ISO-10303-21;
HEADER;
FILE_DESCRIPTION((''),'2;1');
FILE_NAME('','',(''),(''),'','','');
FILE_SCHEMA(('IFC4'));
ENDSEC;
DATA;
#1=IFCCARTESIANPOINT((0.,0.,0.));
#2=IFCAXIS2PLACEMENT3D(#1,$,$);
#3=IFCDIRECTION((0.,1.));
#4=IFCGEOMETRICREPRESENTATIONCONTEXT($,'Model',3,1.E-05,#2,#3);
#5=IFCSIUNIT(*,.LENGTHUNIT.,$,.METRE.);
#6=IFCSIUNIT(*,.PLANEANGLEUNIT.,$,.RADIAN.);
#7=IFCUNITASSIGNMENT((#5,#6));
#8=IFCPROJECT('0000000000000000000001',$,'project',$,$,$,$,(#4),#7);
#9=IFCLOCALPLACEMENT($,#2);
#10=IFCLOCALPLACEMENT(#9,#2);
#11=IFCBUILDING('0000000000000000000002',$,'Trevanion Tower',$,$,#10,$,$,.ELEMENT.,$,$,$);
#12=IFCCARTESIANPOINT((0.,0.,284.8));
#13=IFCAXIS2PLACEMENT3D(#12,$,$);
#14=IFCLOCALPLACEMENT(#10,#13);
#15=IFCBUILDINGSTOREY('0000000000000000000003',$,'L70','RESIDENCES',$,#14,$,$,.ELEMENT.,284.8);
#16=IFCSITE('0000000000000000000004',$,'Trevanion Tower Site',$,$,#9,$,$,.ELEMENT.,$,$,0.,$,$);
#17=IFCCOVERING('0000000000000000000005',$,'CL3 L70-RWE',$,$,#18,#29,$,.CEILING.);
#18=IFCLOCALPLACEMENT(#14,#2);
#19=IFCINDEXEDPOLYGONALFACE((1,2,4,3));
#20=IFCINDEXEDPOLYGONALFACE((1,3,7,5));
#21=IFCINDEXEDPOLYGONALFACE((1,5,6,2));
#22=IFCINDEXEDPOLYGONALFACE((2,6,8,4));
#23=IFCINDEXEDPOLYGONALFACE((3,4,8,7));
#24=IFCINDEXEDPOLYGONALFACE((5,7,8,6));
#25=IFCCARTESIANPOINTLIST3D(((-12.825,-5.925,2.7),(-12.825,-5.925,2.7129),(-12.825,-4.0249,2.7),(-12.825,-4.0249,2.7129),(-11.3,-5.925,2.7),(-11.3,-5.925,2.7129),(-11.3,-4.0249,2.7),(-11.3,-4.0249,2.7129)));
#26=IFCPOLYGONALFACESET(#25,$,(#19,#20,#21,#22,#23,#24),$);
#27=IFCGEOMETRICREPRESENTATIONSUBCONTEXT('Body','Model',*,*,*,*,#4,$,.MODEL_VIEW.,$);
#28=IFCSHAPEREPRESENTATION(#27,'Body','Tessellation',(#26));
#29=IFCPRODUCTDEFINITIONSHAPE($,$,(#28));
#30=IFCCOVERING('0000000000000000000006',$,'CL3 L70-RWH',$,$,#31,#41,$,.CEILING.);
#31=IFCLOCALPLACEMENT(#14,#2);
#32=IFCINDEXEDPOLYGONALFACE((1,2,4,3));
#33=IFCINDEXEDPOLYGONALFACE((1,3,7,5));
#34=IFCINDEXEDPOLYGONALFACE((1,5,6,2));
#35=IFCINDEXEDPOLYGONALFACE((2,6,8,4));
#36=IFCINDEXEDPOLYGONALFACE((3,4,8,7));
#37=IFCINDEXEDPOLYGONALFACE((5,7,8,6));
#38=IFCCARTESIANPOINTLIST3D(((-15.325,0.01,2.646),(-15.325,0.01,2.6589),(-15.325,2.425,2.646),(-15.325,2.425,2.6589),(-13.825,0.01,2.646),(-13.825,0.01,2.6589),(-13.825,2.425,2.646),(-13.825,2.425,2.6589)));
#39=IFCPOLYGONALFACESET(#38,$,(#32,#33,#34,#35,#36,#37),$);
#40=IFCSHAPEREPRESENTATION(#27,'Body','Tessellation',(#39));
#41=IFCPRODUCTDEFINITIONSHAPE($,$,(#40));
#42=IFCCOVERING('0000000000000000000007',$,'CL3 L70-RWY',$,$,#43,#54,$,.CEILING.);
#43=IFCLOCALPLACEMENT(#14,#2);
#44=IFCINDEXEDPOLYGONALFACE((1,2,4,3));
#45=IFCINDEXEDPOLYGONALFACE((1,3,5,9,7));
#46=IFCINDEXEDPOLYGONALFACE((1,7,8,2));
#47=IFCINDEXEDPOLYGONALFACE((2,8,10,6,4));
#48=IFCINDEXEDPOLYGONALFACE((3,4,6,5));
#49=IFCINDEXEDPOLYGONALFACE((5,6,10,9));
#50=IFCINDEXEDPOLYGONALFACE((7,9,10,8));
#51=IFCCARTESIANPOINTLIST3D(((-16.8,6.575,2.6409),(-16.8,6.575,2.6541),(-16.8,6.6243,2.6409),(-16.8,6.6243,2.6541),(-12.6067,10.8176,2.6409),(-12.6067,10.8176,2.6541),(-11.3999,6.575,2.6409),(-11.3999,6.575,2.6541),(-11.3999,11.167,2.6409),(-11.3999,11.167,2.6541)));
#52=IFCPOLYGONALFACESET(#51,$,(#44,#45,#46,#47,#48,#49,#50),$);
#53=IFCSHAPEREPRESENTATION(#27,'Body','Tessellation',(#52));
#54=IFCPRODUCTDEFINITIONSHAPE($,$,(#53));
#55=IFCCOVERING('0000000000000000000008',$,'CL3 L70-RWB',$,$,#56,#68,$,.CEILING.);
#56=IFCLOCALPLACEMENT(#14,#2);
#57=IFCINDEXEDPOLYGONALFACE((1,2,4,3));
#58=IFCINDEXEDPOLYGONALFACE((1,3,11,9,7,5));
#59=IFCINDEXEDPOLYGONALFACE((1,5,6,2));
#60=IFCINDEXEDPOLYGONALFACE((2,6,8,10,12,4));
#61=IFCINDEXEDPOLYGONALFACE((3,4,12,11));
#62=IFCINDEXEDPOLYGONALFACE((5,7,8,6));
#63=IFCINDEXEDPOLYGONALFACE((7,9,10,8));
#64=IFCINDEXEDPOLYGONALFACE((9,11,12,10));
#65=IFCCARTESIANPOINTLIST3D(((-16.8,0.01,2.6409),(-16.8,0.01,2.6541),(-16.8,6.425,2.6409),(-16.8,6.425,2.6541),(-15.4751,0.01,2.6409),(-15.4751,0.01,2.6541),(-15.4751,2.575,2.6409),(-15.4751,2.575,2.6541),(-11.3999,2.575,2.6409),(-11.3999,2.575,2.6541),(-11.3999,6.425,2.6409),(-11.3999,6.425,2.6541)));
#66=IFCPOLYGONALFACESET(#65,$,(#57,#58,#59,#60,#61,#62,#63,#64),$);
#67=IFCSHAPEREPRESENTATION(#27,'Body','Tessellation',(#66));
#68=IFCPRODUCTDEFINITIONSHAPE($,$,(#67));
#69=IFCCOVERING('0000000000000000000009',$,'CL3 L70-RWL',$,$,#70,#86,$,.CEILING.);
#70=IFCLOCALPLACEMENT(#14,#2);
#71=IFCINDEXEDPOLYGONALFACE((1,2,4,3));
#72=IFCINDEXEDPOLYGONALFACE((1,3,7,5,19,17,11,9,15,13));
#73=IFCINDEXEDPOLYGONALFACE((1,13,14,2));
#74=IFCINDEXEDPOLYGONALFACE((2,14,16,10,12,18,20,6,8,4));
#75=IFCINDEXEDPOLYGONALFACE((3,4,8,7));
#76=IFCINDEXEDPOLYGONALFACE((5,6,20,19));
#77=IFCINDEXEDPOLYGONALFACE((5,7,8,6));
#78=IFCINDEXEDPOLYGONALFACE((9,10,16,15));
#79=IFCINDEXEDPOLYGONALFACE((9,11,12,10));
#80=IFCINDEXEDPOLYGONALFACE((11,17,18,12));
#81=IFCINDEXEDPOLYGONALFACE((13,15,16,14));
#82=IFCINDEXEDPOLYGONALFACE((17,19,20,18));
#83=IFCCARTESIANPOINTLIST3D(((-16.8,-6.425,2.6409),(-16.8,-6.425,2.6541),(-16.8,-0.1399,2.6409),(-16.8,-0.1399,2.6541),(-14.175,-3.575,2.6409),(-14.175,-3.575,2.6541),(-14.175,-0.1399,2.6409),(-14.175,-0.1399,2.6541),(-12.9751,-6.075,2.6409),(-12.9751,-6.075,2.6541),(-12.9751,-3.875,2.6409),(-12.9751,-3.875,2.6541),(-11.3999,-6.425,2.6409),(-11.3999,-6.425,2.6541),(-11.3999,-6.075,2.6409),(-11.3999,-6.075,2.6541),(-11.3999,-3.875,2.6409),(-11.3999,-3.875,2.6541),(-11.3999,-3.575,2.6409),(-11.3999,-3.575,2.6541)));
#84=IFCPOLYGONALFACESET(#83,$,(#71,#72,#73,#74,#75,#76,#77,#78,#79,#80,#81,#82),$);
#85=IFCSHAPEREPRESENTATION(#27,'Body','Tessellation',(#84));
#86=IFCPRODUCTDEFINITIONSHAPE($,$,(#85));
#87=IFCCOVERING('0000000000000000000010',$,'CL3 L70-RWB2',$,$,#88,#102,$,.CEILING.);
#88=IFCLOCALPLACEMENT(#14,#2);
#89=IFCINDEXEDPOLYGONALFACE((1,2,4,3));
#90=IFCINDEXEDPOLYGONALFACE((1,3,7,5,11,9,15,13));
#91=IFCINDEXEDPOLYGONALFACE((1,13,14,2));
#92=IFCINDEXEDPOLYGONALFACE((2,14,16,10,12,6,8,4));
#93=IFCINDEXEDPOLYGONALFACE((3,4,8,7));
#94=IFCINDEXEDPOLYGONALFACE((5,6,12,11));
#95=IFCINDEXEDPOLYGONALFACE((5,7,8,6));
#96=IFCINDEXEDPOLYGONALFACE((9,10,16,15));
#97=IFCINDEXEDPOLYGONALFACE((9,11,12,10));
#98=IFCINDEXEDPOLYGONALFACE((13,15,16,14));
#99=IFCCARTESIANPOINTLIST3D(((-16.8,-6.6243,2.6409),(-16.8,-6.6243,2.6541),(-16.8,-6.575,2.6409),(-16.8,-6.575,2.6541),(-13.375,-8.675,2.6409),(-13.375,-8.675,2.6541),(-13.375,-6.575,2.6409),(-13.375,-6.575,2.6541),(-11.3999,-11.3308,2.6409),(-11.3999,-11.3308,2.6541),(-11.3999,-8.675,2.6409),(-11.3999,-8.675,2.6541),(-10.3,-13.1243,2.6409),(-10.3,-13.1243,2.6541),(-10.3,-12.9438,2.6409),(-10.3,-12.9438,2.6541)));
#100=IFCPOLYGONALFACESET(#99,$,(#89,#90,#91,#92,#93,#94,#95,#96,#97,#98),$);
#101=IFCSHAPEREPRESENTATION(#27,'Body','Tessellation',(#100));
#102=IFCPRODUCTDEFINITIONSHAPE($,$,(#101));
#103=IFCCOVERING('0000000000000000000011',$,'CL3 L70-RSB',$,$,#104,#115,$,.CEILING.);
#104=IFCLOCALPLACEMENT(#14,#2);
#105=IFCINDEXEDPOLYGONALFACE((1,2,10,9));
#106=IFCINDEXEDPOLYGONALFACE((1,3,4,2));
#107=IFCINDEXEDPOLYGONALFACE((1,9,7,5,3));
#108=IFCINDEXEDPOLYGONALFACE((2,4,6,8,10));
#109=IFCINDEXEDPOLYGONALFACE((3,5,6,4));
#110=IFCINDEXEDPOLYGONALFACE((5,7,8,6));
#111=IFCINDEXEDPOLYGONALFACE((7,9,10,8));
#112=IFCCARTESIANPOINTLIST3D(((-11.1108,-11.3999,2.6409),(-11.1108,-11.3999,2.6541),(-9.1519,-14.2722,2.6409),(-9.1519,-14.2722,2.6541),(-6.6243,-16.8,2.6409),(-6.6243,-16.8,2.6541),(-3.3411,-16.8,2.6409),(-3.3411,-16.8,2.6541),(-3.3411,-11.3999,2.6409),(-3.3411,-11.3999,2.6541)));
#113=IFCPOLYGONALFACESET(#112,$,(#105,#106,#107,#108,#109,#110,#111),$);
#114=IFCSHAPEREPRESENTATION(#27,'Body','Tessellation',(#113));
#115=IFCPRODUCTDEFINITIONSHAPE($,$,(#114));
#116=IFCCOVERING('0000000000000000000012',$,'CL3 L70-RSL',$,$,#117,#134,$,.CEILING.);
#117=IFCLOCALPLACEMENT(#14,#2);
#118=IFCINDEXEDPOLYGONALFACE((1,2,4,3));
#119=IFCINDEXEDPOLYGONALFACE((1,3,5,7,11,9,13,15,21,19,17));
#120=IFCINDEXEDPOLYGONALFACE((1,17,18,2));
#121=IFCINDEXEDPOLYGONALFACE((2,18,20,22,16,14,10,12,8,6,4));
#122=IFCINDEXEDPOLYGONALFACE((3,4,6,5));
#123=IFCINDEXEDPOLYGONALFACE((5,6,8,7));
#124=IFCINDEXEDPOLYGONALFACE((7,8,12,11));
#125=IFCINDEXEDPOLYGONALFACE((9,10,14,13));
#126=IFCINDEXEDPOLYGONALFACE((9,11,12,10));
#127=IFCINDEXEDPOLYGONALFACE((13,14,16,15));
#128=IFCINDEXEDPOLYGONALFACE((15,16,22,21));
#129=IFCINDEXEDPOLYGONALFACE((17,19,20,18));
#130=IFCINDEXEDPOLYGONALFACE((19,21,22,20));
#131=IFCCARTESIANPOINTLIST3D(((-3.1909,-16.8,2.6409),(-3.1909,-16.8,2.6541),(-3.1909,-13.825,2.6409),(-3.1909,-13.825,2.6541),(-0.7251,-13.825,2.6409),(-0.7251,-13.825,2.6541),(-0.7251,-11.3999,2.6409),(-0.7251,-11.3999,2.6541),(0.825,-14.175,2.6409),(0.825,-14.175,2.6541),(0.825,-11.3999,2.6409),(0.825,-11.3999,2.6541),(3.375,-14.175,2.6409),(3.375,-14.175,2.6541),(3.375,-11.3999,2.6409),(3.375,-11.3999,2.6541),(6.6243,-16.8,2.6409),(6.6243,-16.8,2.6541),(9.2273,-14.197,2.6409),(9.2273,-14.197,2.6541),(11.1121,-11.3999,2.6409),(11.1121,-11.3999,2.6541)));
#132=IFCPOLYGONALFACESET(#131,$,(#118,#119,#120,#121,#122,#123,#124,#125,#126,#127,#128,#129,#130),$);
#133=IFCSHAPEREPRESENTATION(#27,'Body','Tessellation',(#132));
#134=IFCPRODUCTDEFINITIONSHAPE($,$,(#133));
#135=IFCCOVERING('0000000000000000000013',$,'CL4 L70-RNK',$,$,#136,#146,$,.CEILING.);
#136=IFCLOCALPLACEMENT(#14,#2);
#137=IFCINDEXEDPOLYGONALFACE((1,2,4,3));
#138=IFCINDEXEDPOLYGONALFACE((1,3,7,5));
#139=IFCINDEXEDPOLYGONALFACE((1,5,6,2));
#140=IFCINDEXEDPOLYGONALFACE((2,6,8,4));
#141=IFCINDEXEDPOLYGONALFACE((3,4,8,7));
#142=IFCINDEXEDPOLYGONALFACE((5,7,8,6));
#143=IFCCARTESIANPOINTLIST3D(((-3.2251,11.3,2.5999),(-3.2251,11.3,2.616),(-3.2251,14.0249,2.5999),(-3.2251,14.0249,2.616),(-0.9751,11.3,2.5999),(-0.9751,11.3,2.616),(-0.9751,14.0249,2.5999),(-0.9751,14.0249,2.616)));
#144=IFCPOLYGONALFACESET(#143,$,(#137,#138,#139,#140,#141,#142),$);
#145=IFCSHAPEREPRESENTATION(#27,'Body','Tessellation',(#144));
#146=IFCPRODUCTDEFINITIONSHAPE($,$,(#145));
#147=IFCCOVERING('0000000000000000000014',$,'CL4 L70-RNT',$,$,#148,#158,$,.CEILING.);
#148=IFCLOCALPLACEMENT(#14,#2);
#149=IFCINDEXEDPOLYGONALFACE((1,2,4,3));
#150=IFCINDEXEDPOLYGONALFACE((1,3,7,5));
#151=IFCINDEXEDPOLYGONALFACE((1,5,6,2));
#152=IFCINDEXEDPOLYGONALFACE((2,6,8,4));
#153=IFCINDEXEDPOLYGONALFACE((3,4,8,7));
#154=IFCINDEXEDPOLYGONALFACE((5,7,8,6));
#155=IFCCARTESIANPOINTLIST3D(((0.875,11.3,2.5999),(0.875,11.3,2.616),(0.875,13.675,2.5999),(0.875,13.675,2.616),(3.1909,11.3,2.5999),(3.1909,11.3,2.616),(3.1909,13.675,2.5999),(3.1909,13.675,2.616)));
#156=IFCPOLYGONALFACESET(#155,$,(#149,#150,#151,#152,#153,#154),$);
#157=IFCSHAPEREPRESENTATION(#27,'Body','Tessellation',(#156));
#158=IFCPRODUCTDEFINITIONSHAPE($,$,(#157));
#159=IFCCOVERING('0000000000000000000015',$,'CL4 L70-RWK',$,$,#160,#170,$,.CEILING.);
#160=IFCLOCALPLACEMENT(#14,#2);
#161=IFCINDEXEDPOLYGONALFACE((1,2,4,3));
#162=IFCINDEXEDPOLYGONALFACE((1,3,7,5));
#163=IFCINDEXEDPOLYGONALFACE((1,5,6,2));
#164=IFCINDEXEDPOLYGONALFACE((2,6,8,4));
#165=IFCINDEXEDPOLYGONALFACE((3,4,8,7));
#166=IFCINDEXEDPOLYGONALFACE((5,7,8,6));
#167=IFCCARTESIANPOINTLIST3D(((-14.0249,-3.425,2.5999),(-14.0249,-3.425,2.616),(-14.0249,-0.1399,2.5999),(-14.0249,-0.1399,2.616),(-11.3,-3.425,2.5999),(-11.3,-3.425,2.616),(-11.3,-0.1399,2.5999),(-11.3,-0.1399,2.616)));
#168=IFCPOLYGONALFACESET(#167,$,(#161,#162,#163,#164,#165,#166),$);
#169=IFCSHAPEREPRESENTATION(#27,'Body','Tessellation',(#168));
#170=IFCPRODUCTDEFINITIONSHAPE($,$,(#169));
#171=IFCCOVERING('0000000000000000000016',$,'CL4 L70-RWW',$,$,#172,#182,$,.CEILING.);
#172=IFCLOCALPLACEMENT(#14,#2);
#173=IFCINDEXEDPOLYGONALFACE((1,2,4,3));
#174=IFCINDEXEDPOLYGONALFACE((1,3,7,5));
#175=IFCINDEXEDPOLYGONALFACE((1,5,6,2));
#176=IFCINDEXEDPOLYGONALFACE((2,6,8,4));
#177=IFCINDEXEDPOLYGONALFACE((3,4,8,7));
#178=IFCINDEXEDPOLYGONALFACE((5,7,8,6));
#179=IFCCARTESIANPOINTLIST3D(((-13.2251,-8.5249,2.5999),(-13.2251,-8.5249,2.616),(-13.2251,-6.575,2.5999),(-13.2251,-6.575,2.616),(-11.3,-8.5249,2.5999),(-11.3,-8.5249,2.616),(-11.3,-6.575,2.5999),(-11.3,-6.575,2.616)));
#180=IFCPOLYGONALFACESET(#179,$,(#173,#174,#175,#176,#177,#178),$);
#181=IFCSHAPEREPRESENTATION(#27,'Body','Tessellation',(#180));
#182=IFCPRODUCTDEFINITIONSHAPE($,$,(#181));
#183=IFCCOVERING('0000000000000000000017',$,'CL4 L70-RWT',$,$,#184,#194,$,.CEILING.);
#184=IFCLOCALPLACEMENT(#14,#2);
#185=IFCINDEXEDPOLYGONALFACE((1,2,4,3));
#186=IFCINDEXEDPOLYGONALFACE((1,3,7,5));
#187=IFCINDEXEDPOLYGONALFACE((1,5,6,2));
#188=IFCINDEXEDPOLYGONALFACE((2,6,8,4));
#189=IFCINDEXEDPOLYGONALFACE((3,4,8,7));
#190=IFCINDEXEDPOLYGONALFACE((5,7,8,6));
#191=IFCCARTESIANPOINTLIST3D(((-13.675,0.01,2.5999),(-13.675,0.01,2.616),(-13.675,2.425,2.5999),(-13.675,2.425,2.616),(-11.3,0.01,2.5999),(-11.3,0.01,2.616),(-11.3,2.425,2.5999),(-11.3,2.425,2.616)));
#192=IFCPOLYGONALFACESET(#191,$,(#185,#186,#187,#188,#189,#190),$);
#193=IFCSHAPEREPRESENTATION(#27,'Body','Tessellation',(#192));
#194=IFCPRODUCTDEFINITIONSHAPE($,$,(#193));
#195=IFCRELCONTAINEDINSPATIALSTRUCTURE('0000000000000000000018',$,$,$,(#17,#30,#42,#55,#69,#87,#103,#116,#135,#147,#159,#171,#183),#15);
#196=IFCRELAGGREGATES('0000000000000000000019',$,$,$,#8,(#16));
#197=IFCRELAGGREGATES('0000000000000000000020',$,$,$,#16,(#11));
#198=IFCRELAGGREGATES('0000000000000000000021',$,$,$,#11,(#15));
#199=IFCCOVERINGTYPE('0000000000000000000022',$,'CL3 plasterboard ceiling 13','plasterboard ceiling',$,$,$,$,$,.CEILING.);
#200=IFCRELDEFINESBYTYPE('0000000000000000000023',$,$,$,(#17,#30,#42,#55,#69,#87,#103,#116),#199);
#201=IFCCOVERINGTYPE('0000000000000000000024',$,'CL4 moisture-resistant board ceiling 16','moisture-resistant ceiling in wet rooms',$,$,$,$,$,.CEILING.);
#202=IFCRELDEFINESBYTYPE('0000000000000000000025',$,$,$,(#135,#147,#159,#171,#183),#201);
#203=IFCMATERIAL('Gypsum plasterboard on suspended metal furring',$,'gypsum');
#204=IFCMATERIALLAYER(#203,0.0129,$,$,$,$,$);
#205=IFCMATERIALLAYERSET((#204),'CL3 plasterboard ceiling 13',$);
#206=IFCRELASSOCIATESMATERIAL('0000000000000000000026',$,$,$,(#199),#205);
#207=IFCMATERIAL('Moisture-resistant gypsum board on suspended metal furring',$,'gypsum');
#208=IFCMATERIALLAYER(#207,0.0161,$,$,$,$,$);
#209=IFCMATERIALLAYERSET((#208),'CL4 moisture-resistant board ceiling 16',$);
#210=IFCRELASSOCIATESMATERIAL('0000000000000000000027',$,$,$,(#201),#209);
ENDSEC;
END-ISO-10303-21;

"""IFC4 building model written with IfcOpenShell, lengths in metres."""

from ifc_helpers import new_model, si_unit, direction, frame, origin, place, context, subcontext, project, spatial, polyline, outline, extrude, material, layer, layer_set, type_object, element, save


model = new_model("IFC4")

# Units and contexts
model_context = context("Model", 3, precision=1e-05, world=origin(), true_north=direction((0.0, 1.0)))
body_context = subcontext(model_context, "Body", "Model", "MODEL_VIEW")
ifc_project = project(units=[si_unit("LENGTHUNIT", "METRE"), si_unit("PLANEANGLEUNIT", "RADIAN")], contexts=[model_context])

# Site, building, storey
site_placement = place(None, origin())
site = spatial("IfcSite", under=ifc_project, at=site_placement, Name="Trevanion Tower Site", CompositionType="ELEMENT", RefElevation=0.0)
building_placement = place(site_placement, origin())
building = spatial("IfcBuilding", under=site, at=building_placement, Name="Trevanion Tower", CompositionType="ELEMENT")
storey_placement = place(building_placement, frame((0.0, 0.0, 284.8)))
storey = spatial("IfcBuildingStorey", under=building, at=storey_placement, Name="L70", Description="RESIDENCES", CompositionType="ELEMENT", Elevation=284.8)

# Coverings
ifc_material_1 = material(Name="Gypsum plasterboard on suspended metal furring", Category="gypsum")
ifc_layer_1 = layer(ifc_material_1, 0.0129)
ifc_layer_set_1 = layer_set([ifc_layer_1], Name="CL3 plasterboard ceiling 13")
covering_type_1 = type_object("IfcCoveringType", Name="CL3 plasterboard ceiling 13", Description="plasterboard ceiling", PredefinedType="CEILING", material=ifc_layer_set_1)
covering_1_placement = place(storey_placement, frame((0.0, 0.0, 2.7)))
element("IfcCovering", 1, at=covering_1_placement, inside=storey, type_object=covering_type_1, Name="CL3 L70-RWE", PredefinedType="CEILING", context=body_context, shape_type="SweptSolid", body=[
    extrude(outline(polyline([(-12.825, -4.0249), (-12.825, -5.925), (-11.3, -5.925), (-11.3, -4.0249), (-12.825, -4.0249)])), origin(), (0.0, 0.0, 1.0), 0.0129),
])
covering_2_placement = place(storey_placement, frame((0.0, 0.0, 2.646)))
element("IfcCovering", 2, at=covering_2_placement, inside=storey, type_object=covering_type_1, Name="CL3 L70-RWH", PredefinedType="CEILING", context=body_context, shape_type="SweptSolid", body=[
    extrude(outline(polyline([(-15.325, 2.425), (-15.325, 0.01), (-13.825, 0.01), (-13.825, 2.425), (-15.325, 2.425)])), origin(), (0.0, 0.0, 1.0), 0.0129),
])
covering_3_placement = place(storey_placement, frame((0.0, 0.0, 2.6409)))
element("IfcCovering", 3, at=covering_3_placement, inside=storey, type_object=covering_type_1, Name="CL3 L70-RWY", PredefinedType="CEILING", context=body_context, shape_type="SweptSolid", body=[
    extrude(outline(polyline([(-12.6067, 10.8176), (-11.3999, 11.167), (-11.3999, 6.575), (-16.8, 6.575), (-16.8, 6.6243), (-12.6067, 10.8176)])), origin(), (0.0, 0.0, 1.0), 0.0132),
])
covering_4_placement = place(storey_placement, frame((0.0, 0.0, 2.6409)))
element("IfcCovering", 4, at=covering_4_placement, inside=storey, type_object=covering_type_1, Name="CL3 L70-RWB", PredefinedType="CEILING", context=body_context, shape_type="SweptSolid", body=[
    extrude(outline(polyline([(-11.3999, 6.425), (-11.3999, 2.575), (-15.4751, 2.575), (-15.4751, 0.01), (-16.8, 0.01), (-16.8, 6.425), (-11.3999, 6.425)])), origin(), (0.0, 0.0, 1.0), 0.0132),
])
covering_5_placement = place(storey_placement, frame((0.0, 0.0, 2.6409)))
element("IfcCovering", 5, at=covering_5_placement, inside=storey, type_object=covering_type_1, Name="CL3 L70-RWL", PredefinedType="CEILING", context=body_context, shape_type="SweptSolid", body=[
    extrude(outline(polyline([(-14.175, -0.1399), (-14.175, -3.575), (-11.3999, -3.575), (-11.3999, -3.875), (-12.9751, -3.875), (-12.9751, -6.075), (-11.3999, -6.075), (-11.3999, -6.425), (-16.8, -6.425), (-16.8, -0.1399), (-14.175, -0.1399)])), origin(), (0.0, 0.0, 1.0), 0.0132),
])
covering_6_placement = place(storey_placement, frame((0.0, 0.0, 2.6409)))
element("IfcCovering", 6, at=covering_6_placement, inside=storey, type_object=covering_type_1, Name="CL3 L70-RWB2", PredefinedType="CEILING", context=body_context, shape_type="SweptSolid", body=[
    extrude(outline(polyline([(-13.375, -6.575), (-13.375, -8.675), (-11.3999, -8.675), (-11.3999, -11.3308), (-10.3, -12.9438), (-10.3, -13.1243), (-16.8, -6.6243), (-16.8, -6.575), (-13.375, -6.575)])), origin(), (0.0, 0.0, 1.0), 0.0132),
])
covering_7_placement = place(storey_placement, frame((0.0, 0.0, 2.6409)))
element("IfcCovering", 7, at=covering_7_placement, inside=storey, type_object=covering_type_1, Name="CL3 L70-RSB", PredefinedType="CEILING", context=body_context, shape_type="SweptSolid", body=[
    extrude(outline(polyline([(-11.1108, -11.3999), (-3.3411, -11.3999), (-3.3411, -16.8), (-6.6243, -16.8), (-9.1519, -14.2722), (-11.1108, -11.3999)])), origin(), (0.0, 0.0, 1.0), 0.0132),
])
covering_8_placement = place(storey_placement, frame((0.0, 0.0, 2.6409)))
element("IfcCovering", 8, at=covering_8_placement, inside=storey, type_object=covering_type_1, Name="CL3 L70-RSL", PredefinedType="CEILING", context=body_context, shape_type="SweptSolid", body=[
    extrude(outline(polyline([(9.2273, -14.197), (6.6243, -16.8), (-3.1909, -16.8), (-3.1909, -13.825), (-0.7251, -13.825), (-0.7251, -11.3999), (0.825, -11.3999), (0.825, -14.175), (3.375, -14.175), (3.375, -11.3999), (11.1121, -11.3999), (9.2273, -14.197)])), origin(), (0.0, 0.0, 1.0), 0.0132),
])
ifc_material_2 = material(Name="Moisture-resistant gypsum board on suspended metal furring", Category="gypsum")
ifc_layer_2 = layer(ifc_material_2, 0.0161)
ifc_layer_set_2 = layer_set([ifc_layer_2], Name="CL4 moisture-resistant board ceiling 16")
covering_type_2 = type_object("IfcCoveringType", Name="CL4 moisture-resistant board ceiling 16", Description="moisture-resistant ceiling in wet rooms", PredefinedType="CEILING", material=ifc_layer_set_2)
covering_9_placement = place(storey_placement, frame((0.0, 0.0, 2.5999)))
element("IfcCovering", 9, at=covering_9_placement, inside=storey, type_object=covering_type_2, Name="CL4 L70-RNK", PredefinedType="CEILING", context=body_context, shape_type="SweptSolid", body=[
    extrude(outline(polyline([(-0.9751, 14.0249), (-3.2251, 14.0249), (-3.2251, 11.3), (-0.9751, 11.3), (-0.9751, 14.0249)])), origin(), (0.0, 0.0, 1.0), 0.0161),
])
covering_10_placement = place(storey_placement, frame((0.0, 0.0, 2.5999)))
element("IfcCovering", 10, at=covering_10_placement, inside=storey, type_object=covering_type_2, Name="CL4 L70-RNT", PredefinedType="CEILING", context=body_context, shape_type="SweptSolid", body=[
    extrude(outline(polyline([(3.1909, 13.675), (0.875, 13.675), (0.875, 11.3), (3.1909, 11.3), (3.1909, 13.675)])), origin(), (0.0, 0.0, 1.0), 0.0161),
])
covering_11_placement = place(storey_placement, frame((0.0, 0.0, 2.5999)))
element("IfcCovering", 11, at=covering_11_placement, inside=storey, type_object=covering_type_2, Name="CL4 L70-RWK", PredefinedType="CEILING", context=body_context, shape_type="SweptSolid", body=[
    extrude(outline(polyline([(-14.0249, -0.1399), (-14.0249, -3.425), (-11.3, -3.425), (-11.3, -0.1399), (-14.0249, -0.1399)])), origin(), (0.0, 0.0, 1.0), 0.0161),
])
covering_12_placement = place(storey_placement, frame((0.0, 0.0, 2.5999)))
element("IfcCovering", 12, at=covering_12_placement, inside=storey, type_object=covering_type_2, Name="CL4 L70-RWW", PredefinedType="CEILING", context=body_context, shape_type="SweptSolid", body=[
    extrude(outline(polyline([(-13.2251, -6.575), (-13.2251, -8.5249), (-11.3, -8.5249), (-11.3, -6.575), (-13.2251, -6.575)])), origin(), (0.0, 0.0, 1.0), 0.0161),
])
covering_13_placement = place(storey_placement, frame((0.0, 0.0, 2.5999)))
element("IfcCovering", 13, at=covering_13_placement, inside=storey, type_object=covering_type_2, Name="CL4 L70-RWT", PredefinedType="CEILING", context=body_context, shape_type="SweptSolid", body=[
    extrude(outline(polyline([(-13.675, 2.425), (-13.675, 0.01), (-11.3, 0.01), (-11.3, 2.425), (-13.675, 2.425)])), origin(), (0.0, 0.0, 1.0), 0.0161),
])

save(model, "model.ifc")
